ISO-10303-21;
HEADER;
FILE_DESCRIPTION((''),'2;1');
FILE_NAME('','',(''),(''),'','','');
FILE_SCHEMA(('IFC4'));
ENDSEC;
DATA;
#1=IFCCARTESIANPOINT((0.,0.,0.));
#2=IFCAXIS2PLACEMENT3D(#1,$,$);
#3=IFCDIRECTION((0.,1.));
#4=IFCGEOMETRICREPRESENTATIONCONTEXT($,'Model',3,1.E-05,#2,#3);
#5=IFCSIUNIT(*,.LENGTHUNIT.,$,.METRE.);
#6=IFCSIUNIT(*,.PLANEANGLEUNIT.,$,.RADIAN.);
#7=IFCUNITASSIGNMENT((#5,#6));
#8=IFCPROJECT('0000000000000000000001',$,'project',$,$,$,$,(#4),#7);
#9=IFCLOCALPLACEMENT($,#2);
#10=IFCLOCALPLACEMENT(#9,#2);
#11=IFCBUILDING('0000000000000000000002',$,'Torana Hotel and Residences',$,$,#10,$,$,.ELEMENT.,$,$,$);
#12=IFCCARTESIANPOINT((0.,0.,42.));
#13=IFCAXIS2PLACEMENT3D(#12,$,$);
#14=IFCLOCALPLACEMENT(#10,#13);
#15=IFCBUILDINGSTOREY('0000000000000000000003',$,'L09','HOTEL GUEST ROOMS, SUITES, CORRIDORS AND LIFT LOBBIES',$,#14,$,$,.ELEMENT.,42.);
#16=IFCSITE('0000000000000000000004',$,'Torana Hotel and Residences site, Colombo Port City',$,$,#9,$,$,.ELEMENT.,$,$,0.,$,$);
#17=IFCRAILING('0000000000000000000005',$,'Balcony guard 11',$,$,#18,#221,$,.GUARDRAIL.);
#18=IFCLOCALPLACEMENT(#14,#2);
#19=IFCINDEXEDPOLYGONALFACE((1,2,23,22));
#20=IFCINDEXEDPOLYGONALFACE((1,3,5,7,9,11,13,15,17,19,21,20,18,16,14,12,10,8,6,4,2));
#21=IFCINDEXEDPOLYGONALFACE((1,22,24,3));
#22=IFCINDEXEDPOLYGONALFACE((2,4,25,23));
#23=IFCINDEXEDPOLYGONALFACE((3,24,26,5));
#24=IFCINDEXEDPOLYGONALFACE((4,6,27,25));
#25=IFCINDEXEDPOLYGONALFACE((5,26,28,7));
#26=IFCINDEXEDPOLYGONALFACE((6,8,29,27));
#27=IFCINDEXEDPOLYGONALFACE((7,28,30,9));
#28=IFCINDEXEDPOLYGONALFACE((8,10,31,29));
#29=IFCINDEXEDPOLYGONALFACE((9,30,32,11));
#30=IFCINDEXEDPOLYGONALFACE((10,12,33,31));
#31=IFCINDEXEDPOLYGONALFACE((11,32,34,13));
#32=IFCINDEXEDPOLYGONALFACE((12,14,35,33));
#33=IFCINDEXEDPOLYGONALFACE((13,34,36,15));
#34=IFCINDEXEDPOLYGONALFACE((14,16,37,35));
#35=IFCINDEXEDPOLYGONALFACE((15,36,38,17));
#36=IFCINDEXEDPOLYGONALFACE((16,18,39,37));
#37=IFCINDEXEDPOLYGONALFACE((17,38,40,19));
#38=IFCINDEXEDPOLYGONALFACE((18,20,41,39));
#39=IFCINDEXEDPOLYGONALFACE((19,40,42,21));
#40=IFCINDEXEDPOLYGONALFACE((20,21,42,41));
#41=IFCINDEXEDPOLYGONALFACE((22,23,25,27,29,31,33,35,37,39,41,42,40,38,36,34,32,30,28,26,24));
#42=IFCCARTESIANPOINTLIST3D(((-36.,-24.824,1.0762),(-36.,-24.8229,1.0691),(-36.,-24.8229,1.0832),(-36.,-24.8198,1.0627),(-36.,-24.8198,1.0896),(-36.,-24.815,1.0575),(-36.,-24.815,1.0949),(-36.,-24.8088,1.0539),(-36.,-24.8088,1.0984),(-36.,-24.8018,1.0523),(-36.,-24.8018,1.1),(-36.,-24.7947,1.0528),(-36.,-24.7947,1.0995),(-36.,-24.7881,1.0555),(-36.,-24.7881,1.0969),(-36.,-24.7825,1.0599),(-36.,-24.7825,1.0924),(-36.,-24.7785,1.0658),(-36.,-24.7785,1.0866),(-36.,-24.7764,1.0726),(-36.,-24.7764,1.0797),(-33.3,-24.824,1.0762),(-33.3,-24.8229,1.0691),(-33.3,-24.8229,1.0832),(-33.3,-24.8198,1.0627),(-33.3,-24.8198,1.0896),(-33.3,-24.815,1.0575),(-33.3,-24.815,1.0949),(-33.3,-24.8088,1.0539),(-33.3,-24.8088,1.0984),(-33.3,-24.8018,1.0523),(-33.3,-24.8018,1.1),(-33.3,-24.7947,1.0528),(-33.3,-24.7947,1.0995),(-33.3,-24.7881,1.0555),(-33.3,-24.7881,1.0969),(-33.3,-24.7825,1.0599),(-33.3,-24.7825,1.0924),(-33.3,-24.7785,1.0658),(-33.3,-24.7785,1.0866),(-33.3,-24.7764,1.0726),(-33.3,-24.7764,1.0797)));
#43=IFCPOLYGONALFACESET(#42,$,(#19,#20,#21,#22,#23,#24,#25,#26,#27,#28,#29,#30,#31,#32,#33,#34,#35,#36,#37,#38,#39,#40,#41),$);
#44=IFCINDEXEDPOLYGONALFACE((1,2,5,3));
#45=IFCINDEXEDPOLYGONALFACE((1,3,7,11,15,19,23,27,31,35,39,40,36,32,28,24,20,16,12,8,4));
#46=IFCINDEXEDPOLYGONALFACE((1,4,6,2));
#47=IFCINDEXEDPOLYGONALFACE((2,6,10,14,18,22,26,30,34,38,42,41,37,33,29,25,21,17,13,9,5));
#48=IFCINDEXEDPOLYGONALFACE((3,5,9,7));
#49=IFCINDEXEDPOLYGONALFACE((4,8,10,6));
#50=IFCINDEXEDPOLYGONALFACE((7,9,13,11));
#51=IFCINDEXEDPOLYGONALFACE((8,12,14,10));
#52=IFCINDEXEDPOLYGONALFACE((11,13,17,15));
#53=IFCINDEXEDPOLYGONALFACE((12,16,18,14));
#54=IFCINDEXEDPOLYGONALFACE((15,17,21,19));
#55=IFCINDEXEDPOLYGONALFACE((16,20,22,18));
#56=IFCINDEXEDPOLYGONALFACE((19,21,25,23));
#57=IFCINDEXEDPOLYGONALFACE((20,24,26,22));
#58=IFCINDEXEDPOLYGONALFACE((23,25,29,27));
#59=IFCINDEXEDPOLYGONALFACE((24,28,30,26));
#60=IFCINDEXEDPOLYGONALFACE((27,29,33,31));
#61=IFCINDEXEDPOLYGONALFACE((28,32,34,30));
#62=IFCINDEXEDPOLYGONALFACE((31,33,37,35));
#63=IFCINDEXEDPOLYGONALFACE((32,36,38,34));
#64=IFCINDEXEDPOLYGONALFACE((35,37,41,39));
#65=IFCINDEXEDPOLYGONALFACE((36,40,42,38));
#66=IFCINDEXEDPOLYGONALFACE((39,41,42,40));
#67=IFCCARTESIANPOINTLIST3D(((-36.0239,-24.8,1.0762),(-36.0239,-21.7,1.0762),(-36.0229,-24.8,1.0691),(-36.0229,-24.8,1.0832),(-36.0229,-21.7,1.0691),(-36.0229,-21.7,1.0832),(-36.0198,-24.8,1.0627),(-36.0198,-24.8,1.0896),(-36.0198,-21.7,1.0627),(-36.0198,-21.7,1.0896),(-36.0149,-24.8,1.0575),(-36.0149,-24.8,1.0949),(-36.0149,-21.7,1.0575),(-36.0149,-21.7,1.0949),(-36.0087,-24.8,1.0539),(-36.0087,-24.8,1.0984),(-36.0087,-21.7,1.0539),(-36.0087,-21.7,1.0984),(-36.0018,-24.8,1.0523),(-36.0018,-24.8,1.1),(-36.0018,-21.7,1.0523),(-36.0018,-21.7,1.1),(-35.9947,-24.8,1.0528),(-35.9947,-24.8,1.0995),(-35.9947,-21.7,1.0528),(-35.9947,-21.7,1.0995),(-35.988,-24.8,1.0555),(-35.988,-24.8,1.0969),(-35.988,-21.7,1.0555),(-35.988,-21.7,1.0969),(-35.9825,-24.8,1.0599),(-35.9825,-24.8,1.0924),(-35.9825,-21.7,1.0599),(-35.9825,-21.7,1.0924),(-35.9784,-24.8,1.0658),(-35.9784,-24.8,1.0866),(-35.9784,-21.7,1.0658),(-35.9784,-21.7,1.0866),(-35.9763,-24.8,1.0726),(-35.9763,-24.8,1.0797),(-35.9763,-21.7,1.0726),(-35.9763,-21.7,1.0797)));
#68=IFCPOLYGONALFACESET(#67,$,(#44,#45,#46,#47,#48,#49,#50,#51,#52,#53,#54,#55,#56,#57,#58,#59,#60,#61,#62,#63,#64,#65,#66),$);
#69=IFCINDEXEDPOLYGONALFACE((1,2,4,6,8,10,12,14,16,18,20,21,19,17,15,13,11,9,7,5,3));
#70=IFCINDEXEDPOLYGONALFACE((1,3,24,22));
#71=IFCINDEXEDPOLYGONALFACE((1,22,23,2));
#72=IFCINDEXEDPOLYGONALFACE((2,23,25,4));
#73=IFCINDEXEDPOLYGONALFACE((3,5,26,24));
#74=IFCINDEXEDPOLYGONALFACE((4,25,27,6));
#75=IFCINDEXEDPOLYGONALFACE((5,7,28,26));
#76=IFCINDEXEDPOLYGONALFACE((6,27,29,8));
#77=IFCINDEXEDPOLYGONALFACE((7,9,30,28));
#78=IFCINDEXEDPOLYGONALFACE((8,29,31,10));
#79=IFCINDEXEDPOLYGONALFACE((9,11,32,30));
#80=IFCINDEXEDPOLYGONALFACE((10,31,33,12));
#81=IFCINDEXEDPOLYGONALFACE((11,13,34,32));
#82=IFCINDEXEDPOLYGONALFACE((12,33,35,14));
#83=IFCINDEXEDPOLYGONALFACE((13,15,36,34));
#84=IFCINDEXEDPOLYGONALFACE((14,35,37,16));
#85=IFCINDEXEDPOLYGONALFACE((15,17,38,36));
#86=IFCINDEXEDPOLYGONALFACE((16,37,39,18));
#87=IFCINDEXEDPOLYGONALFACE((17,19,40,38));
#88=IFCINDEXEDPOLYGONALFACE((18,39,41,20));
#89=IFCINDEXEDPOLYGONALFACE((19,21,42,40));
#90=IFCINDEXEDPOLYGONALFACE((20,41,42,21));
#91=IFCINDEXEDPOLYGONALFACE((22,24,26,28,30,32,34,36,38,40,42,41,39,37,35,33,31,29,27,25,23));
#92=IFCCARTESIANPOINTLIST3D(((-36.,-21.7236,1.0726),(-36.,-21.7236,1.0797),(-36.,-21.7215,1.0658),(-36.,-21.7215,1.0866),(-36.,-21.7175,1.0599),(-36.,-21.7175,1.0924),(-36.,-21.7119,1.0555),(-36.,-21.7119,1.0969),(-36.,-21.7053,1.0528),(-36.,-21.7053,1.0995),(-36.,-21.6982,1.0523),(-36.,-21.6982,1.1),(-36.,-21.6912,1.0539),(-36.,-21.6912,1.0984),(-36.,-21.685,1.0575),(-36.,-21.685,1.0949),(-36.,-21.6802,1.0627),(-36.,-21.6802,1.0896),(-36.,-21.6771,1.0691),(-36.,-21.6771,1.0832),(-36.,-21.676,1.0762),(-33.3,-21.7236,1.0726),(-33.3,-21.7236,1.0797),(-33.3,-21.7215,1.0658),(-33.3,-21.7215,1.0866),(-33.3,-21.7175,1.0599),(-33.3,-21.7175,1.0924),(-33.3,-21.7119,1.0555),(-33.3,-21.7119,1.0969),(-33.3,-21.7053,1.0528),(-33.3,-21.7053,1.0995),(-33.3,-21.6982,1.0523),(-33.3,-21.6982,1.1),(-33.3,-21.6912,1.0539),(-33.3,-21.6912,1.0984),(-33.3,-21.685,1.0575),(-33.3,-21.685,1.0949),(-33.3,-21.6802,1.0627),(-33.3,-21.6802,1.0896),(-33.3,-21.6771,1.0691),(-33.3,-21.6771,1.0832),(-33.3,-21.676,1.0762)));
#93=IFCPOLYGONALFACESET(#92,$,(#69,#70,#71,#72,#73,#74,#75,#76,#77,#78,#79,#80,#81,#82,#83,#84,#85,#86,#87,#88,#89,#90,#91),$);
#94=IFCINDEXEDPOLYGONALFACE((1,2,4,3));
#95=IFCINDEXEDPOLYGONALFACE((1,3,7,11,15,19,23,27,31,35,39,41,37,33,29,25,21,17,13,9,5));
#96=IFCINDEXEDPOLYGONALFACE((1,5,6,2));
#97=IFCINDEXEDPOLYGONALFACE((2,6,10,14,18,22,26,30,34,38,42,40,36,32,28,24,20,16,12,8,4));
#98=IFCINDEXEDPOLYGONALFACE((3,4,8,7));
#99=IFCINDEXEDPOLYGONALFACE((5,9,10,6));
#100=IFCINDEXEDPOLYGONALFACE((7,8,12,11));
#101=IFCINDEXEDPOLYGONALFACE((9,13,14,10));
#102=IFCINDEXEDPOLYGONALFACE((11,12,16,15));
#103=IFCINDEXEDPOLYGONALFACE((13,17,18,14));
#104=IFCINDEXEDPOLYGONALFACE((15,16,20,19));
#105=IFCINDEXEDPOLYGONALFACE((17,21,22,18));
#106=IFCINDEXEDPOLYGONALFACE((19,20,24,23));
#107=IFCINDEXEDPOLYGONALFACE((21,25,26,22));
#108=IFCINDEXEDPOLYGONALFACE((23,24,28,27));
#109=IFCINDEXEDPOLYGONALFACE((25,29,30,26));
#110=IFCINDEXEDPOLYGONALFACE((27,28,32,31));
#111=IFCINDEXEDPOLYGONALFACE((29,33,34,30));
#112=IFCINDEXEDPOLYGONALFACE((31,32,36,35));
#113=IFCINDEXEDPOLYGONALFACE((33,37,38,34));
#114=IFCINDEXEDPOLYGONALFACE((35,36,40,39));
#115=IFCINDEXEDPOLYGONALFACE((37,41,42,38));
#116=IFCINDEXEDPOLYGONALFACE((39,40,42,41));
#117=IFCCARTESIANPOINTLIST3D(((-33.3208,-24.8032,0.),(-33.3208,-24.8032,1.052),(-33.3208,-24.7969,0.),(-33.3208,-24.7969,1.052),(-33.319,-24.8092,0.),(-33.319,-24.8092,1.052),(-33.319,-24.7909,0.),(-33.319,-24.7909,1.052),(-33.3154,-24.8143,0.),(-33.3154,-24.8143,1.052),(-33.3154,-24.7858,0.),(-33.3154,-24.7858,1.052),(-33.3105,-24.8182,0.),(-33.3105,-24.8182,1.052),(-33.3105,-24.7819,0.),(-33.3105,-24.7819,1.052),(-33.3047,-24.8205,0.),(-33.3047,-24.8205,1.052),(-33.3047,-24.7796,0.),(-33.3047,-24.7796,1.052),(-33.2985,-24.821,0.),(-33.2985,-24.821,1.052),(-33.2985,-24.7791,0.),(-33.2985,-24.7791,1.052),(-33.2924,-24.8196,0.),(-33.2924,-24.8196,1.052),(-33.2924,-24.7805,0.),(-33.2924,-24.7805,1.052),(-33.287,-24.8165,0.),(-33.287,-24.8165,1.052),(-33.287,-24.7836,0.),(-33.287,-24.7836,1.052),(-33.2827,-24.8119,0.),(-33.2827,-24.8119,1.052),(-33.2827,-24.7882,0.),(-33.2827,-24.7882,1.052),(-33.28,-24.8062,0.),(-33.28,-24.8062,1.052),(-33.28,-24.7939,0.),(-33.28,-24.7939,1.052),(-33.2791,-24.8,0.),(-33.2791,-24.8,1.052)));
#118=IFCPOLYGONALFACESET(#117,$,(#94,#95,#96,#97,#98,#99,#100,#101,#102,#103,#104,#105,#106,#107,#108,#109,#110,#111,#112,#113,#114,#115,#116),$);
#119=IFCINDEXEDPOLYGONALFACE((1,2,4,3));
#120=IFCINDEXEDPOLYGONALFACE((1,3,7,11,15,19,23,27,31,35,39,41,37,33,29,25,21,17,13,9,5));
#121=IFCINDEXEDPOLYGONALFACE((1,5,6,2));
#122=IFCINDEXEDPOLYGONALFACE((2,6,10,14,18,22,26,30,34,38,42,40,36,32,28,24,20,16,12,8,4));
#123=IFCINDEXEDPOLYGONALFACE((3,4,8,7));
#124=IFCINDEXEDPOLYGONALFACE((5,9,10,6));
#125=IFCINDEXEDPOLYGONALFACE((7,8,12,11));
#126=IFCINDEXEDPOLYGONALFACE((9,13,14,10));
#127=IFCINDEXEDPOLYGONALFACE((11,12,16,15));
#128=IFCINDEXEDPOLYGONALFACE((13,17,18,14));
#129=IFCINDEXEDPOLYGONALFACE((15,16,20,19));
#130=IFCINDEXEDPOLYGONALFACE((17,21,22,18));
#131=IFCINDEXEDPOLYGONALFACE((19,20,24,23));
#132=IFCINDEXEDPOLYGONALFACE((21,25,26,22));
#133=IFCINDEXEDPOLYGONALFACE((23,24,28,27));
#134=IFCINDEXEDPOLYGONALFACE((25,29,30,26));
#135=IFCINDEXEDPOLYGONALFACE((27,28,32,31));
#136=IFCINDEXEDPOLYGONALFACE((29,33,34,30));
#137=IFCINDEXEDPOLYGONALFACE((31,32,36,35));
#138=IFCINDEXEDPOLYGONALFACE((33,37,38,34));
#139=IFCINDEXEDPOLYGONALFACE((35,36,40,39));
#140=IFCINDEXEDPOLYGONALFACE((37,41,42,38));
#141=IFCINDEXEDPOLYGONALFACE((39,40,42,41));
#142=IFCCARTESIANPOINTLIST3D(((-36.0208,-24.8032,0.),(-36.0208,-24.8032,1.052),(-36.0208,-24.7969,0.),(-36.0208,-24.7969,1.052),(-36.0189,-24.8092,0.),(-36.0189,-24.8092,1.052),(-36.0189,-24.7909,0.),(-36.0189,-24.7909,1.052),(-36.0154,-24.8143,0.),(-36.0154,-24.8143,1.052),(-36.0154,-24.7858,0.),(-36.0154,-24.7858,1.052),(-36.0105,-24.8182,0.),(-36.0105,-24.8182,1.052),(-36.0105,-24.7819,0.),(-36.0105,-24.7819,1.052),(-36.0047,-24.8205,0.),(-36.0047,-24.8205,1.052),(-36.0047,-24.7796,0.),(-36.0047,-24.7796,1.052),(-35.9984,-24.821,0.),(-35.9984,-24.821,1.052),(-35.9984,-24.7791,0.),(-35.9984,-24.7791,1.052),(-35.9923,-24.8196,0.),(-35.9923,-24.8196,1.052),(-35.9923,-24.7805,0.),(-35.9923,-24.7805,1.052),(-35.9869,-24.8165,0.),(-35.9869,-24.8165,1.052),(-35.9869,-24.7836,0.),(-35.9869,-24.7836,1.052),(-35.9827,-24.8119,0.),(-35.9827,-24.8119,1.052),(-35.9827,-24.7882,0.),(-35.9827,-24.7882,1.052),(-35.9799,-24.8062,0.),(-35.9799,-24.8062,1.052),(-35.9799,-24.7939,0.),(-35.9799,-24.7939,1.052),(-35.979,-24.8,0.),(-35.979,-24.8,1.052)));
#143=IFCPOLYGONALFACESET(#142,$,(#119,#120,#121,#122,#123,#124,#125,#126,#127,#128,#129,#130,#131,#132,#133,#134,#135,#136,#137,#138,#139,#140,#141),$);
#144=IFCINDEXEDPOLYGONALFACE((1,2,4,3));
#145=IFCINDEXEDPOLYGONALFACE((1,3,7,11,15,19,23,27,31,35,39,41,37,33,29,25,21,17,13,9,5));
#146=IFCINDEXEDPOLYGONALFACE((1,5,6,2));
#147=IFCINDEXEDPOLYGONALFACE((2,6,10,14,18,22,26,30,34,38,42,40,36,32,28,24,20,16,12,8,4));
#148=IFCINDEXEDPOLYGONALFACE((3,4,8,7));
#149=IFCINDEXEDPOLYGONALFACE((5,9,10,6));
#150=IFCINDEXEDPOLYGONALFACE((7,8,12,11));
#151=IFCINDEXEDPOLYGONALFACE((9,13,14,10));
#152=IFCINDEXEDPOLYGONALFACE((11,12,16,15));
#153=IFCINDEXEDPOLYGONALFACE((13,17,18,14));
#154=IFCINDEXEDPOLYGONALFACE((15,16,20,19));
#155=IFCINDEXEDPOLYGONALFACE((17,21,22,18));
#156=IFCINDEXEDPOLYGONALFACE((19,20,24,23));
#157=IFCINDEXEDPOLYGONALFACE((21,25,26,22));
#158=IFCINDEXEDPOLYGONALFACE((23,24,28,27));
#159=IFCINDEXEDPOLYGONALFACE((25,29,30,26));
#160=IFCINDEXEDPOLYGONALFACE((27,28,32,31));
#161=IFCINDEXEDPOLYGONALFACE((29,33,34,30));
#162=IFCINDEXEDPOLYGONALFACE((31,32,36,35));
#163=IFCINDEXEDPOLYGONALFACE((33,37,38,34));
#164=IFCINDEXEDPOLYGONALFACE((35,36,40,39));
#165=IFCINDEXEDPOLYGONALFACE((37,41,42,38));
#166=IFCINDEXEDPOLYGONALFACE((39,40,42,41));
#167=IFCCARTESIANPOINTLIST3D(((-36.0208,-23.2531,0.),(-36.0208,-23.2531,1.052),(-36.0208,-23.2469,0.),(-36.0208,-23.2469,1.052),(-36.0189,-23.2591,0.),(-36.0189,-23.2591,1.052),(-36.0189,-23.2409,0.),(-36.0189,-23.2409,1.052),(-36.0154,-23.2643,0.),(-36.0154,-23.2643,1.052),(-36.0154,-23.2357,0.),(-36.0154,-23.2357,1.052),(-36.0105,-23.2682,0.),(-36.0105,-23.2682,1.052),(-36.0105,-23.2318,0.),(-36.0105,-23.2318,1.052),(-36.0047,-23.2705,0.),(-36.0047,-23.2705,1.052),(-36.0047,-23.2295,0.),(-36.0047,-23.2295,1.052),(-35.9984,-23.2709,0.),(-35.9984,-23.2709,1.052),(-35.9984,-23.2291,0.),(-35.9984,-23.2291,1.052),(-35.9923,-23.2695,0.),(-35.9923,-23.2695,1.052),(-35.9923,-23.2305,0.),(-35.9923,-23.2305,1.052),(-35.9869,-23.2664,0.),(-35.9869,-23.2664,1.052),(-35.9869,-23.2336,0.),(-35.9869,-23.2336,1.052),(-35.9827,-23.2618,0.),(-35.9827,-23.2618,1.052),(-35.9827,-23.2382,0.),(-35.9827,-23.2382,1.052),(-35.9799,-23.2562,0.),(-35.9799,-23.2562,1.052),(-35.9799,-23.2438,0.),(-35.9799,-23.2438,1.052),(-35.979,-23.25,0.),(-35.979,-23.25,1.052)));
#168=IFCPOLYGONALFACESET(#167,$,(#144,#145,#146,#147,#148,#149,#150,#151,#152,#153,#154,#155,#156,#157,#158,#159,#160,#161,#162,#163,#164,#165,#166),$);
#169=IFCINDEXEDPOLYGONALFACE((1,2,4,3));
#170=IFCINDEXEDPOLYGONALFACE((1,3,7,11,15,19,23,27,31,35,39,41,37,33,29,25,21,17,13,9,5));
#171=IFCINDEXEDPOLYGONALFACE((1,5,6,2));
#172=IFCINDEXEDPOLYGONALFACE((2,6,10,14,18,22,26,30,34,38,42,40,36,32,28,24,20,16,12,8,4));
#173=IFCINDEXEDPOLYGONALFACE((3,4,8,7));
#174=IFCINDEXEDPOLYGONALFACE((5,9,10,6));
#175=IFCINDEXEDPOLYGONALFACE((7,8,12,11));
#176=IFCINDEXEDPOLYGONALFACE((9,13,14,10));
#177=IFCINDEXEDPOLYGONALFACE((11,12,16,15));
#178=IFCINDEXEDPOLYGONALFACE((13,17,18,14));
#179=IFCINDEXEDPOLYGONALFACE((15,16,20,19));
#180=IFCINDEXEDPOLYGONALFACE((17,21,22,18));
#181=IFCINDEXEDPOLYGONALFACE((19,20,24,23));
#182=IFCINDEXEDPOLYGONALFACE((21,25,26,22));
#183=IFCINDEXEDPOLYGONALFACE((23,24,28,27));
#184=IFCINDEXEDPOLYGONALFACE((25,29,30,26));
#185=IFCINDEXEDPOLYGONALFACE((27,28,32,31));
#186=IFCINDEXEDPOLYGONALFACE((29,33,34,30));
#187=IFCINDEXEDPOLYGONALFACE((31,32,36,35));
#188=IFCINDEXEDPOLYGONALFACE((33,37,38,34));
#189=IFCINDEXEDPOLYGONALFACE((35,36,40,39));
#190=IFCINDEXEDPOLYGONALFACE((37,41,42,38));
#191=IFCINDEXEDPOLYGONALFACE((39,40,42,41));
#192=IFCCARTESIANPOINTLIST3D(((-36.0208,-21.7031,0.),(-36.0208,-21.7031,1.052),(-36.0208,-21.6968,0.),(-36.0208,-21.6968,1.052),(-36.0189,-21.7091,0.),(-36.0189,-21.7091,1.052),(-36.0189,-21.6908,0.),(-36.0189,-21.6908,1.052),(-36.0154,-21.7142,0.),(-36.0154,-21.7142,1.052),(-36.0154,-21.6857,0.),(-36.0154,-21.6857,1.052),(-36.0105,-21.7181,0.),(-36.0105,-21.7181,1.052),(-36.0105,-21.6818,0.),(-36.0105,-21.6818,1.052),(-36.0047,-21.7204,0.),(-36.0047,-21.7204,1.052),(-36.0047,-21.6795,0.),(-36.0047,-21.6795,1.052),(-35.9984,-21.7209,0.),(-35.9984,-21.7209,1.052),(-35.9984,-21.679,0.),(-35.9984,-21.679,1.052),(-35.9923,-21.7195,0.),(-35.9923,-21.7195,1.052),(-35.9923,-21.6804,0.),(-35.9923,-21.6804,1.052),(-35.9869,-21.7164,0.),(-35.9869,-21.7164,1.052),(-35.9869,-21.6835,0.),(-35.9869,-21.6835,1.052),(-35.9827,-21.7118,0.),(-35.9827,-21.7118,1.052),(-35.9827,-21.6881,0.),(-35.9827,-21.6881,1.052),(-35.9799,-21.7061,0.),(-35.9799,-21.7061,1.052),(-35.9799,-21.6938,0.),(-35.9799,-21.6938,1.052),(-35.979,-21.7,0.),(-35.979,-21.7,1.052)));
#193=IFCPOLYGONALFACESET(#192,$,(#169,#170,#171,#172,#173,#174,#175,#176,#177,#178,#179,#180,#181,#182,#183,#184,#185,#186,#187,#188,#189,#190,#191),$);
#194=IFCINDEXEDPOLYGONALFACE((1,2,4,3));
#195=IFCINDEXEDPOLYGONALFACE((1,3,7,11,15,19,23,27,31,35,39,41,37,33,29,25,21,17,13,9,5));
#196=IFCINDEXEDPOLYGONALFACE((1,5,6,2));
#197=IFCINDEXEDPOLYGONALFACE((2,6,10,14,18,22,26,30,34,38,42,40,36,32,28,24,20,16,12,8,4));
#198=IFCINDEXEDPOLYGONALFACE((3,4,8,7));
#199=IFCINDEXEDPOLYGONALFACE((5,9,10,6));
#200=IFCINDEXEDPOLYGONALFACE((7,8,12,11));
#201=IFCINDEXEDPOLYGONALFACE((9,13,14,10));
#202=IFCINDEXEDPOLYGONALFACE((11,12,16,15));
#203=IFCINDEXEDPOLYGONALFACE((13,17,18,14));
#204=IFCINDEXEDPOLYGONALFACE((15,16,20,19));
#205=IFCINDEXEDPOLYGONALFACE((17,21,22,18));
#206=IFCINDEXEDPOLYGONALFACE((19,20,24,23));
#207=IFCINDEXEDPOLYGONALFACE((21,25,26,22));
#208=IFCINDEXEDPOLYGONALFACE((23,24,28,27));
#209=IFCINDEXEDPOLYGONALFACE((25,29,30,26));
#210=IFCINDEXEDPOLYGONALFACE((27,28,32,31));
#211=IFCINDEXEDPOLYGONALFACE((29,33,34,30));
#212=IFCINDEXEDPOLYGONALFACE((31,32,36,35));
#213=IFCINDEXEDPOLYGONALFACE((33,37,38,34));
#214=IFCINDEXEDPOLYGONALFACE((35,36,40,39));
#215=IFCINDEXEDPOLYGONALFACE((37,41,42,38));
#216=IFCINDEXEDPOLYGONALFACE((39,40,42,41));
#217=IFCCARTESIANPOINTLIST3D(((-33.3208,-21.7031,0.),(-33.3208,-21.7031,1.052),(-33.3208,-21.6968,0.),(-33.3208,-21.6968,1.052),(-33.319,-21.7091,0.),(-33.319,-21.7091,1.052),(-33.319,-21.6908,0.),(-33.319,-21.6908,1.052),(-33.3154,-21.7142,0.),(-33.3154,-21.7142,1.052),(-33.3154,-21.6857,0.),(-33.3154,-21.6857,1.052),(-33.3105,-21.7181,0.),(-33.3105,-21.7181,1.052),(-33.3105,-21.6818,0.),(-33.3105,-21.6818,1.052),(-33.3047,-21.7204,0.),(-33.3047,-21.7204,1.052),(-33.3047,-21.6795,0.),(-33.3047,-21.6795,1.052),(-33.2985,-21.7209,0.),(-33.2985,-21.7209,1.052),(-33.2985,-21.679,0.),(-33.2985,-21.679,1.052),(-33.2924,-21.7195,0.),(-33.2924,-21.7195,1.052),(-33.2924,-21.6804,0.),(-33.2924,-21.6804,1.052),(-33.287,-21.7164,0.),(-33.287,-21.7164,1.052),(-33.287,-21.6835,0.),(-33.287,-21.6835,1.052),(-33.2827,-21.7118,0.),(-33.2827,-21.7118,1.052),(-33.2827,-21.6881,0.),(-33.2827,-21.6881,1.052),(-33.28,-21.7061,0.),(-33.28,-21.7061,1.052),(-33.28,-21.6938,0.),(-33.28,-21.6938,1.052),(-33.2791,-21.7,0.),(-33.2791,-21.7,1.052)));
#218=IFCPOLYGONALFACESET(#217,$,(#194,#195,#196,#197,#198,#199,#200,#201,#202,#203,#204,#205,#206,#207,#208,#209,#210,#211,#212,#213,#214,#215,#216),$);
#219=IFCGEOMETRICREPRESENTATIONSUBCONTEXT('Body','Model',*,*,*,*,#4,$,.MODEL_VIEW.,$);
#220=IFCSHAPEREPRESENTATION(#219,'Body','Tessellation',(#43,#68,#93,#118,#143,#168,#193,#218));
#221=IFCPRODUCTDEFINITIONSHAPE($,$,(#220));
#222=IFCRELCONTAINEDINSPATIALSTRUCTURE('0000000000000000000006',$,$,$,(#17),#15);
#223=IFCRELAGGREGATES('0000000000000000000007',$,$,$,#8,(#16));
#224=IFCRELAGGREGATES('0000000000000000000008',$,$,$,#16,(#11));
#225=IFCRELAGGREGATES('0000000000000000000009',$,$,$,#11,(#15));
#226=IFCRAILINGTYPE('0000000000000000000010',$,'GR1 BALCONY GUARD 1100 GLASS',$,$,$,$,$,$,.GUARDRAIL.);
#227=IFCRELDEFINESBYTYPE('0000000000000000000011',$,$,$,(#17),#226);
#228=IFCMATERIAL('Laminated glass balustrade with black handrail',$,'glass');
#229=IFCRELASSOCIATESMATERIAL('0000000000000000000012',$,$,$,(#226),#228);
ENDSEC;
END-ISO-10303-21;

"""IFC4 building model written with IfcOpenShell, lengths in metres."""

from ifc_helpers import new_model, si_unit, direction, frame, origin, origin_2d, place, context, subcontext, project, spatial, circle, extrude, material, type_object, element, save


model = new_model("IFC4")

# Units and contexts
model_context = context("Model", 3, precision=1e-05, world=origin(), true_north=direction((0.0, 1.0)))
body_context = subcontext(model_context, "Body", "Model", "MODEL_VIEW")
ifc_project = project(units=[si_unit("LENGTHUNIT", "METRE"), si_unit("PLANEANGLEUNIT", "RADIAN")], contexts=[model_context])

# Site, building, storey
site_placement = place(None, origin())
site = spatial("IfcSite", under=ifc_project, at=site_placement, Name="Torana Hotel and Residences site, Colombo Port City", CompositionType="ELEMENT", RefElevation=0.0)
building_placement = place(site_placement, origin())
building = spatial("IfcBuilding", under=site, at=building_placement, Name="Torana Hotel and Residences", CompositionType="ELEMENT")
storey_placement = place(building_placement, frame((0.0, 0.0, 42.0)))
storey = spatial("IfcBuildingStorey", under=building, at=storey_placement, Name="L09", Description="HOTEL GUEST ROOMS, SUITES, CORRIDORS AND LIFT LOBBIES", CompositionType="ELEMENT", Elevation=42.0)

# Railing
ifc_material_1 = material(Name="Laminated glass balustrade with black handrail", Category="glass")
railing_type = type_object("IfcRailingType", Name="GR1 BALCONY GUARD 1100 GLASS", PredefinedType="GUARDRAIL", material=ifc_material_1)
railing_placement = place(storey_placement, frame((-33.3, -24.8, 0.0)))
element("IfcRailing", 1, at=railing_placement, inside=storey, type_object=railing_type, Name="Balcony guard 11", PredefinedType="GUARDRAIL", context=body_context, shape_type="SweptSolid", body=[
    extrude(circle(Radius=0.0239, at=origin_2d()), frame((0.0, 0.0, 1.0762), z_axis=(-1.0, 0.0, 0.0), x_axis=(0.0, -1.0, 0.0)), (0.0, 0.0, 1.0), 2.7),
    extrude(circle(Radius=0.0239, at=origin_2d()), frame((-2.7, 0.0, 1.0762), z_axis=(0.0, 1.0, 0.0), x_axis=(-1.0, 0.0, 0.0)), (0.0, 0.0, 1.0), 3.1001),
    extrude(circle(Radius=0.0239, at=origin_2d()), frame((-2.7, 3.1001, 1.0762), z_axis=(1.0, 0.0, 0.0), x_axis=(0.0, 1.0, 0.0)), (0.0, 0.0, 1.0), 2.7),
    extrude(circle(Radius=0.021, at=origin_2d()), origin(), (0.0, 0.0, 1.0), 1.052),
    extrude(circle(Radius=0.021, at=origin_2d()), frame((-2.7, 0.0, 0.0)), (0.0, 0.0, 1.0), 1.052),
    extrude(circle(Radius=0.021, at=origin_2d()), frame((-2.7, 1.55, 0.0)), (0.0, 0.0, 1.0), 1.052),
    extrude(circle(Radius=0.021, at=origin_2d()), frame((-2.7, 3.1001, 0.0)), (0.0, 0.0, 1.0), 1.052),
    extrude(circle(Radius=0.021, at=origin_2d()), frame((0.0, 3.1001, 0.0)), (0.0, 0.0, 1.0), 1.052),
])

save(model, "model.ifc")
